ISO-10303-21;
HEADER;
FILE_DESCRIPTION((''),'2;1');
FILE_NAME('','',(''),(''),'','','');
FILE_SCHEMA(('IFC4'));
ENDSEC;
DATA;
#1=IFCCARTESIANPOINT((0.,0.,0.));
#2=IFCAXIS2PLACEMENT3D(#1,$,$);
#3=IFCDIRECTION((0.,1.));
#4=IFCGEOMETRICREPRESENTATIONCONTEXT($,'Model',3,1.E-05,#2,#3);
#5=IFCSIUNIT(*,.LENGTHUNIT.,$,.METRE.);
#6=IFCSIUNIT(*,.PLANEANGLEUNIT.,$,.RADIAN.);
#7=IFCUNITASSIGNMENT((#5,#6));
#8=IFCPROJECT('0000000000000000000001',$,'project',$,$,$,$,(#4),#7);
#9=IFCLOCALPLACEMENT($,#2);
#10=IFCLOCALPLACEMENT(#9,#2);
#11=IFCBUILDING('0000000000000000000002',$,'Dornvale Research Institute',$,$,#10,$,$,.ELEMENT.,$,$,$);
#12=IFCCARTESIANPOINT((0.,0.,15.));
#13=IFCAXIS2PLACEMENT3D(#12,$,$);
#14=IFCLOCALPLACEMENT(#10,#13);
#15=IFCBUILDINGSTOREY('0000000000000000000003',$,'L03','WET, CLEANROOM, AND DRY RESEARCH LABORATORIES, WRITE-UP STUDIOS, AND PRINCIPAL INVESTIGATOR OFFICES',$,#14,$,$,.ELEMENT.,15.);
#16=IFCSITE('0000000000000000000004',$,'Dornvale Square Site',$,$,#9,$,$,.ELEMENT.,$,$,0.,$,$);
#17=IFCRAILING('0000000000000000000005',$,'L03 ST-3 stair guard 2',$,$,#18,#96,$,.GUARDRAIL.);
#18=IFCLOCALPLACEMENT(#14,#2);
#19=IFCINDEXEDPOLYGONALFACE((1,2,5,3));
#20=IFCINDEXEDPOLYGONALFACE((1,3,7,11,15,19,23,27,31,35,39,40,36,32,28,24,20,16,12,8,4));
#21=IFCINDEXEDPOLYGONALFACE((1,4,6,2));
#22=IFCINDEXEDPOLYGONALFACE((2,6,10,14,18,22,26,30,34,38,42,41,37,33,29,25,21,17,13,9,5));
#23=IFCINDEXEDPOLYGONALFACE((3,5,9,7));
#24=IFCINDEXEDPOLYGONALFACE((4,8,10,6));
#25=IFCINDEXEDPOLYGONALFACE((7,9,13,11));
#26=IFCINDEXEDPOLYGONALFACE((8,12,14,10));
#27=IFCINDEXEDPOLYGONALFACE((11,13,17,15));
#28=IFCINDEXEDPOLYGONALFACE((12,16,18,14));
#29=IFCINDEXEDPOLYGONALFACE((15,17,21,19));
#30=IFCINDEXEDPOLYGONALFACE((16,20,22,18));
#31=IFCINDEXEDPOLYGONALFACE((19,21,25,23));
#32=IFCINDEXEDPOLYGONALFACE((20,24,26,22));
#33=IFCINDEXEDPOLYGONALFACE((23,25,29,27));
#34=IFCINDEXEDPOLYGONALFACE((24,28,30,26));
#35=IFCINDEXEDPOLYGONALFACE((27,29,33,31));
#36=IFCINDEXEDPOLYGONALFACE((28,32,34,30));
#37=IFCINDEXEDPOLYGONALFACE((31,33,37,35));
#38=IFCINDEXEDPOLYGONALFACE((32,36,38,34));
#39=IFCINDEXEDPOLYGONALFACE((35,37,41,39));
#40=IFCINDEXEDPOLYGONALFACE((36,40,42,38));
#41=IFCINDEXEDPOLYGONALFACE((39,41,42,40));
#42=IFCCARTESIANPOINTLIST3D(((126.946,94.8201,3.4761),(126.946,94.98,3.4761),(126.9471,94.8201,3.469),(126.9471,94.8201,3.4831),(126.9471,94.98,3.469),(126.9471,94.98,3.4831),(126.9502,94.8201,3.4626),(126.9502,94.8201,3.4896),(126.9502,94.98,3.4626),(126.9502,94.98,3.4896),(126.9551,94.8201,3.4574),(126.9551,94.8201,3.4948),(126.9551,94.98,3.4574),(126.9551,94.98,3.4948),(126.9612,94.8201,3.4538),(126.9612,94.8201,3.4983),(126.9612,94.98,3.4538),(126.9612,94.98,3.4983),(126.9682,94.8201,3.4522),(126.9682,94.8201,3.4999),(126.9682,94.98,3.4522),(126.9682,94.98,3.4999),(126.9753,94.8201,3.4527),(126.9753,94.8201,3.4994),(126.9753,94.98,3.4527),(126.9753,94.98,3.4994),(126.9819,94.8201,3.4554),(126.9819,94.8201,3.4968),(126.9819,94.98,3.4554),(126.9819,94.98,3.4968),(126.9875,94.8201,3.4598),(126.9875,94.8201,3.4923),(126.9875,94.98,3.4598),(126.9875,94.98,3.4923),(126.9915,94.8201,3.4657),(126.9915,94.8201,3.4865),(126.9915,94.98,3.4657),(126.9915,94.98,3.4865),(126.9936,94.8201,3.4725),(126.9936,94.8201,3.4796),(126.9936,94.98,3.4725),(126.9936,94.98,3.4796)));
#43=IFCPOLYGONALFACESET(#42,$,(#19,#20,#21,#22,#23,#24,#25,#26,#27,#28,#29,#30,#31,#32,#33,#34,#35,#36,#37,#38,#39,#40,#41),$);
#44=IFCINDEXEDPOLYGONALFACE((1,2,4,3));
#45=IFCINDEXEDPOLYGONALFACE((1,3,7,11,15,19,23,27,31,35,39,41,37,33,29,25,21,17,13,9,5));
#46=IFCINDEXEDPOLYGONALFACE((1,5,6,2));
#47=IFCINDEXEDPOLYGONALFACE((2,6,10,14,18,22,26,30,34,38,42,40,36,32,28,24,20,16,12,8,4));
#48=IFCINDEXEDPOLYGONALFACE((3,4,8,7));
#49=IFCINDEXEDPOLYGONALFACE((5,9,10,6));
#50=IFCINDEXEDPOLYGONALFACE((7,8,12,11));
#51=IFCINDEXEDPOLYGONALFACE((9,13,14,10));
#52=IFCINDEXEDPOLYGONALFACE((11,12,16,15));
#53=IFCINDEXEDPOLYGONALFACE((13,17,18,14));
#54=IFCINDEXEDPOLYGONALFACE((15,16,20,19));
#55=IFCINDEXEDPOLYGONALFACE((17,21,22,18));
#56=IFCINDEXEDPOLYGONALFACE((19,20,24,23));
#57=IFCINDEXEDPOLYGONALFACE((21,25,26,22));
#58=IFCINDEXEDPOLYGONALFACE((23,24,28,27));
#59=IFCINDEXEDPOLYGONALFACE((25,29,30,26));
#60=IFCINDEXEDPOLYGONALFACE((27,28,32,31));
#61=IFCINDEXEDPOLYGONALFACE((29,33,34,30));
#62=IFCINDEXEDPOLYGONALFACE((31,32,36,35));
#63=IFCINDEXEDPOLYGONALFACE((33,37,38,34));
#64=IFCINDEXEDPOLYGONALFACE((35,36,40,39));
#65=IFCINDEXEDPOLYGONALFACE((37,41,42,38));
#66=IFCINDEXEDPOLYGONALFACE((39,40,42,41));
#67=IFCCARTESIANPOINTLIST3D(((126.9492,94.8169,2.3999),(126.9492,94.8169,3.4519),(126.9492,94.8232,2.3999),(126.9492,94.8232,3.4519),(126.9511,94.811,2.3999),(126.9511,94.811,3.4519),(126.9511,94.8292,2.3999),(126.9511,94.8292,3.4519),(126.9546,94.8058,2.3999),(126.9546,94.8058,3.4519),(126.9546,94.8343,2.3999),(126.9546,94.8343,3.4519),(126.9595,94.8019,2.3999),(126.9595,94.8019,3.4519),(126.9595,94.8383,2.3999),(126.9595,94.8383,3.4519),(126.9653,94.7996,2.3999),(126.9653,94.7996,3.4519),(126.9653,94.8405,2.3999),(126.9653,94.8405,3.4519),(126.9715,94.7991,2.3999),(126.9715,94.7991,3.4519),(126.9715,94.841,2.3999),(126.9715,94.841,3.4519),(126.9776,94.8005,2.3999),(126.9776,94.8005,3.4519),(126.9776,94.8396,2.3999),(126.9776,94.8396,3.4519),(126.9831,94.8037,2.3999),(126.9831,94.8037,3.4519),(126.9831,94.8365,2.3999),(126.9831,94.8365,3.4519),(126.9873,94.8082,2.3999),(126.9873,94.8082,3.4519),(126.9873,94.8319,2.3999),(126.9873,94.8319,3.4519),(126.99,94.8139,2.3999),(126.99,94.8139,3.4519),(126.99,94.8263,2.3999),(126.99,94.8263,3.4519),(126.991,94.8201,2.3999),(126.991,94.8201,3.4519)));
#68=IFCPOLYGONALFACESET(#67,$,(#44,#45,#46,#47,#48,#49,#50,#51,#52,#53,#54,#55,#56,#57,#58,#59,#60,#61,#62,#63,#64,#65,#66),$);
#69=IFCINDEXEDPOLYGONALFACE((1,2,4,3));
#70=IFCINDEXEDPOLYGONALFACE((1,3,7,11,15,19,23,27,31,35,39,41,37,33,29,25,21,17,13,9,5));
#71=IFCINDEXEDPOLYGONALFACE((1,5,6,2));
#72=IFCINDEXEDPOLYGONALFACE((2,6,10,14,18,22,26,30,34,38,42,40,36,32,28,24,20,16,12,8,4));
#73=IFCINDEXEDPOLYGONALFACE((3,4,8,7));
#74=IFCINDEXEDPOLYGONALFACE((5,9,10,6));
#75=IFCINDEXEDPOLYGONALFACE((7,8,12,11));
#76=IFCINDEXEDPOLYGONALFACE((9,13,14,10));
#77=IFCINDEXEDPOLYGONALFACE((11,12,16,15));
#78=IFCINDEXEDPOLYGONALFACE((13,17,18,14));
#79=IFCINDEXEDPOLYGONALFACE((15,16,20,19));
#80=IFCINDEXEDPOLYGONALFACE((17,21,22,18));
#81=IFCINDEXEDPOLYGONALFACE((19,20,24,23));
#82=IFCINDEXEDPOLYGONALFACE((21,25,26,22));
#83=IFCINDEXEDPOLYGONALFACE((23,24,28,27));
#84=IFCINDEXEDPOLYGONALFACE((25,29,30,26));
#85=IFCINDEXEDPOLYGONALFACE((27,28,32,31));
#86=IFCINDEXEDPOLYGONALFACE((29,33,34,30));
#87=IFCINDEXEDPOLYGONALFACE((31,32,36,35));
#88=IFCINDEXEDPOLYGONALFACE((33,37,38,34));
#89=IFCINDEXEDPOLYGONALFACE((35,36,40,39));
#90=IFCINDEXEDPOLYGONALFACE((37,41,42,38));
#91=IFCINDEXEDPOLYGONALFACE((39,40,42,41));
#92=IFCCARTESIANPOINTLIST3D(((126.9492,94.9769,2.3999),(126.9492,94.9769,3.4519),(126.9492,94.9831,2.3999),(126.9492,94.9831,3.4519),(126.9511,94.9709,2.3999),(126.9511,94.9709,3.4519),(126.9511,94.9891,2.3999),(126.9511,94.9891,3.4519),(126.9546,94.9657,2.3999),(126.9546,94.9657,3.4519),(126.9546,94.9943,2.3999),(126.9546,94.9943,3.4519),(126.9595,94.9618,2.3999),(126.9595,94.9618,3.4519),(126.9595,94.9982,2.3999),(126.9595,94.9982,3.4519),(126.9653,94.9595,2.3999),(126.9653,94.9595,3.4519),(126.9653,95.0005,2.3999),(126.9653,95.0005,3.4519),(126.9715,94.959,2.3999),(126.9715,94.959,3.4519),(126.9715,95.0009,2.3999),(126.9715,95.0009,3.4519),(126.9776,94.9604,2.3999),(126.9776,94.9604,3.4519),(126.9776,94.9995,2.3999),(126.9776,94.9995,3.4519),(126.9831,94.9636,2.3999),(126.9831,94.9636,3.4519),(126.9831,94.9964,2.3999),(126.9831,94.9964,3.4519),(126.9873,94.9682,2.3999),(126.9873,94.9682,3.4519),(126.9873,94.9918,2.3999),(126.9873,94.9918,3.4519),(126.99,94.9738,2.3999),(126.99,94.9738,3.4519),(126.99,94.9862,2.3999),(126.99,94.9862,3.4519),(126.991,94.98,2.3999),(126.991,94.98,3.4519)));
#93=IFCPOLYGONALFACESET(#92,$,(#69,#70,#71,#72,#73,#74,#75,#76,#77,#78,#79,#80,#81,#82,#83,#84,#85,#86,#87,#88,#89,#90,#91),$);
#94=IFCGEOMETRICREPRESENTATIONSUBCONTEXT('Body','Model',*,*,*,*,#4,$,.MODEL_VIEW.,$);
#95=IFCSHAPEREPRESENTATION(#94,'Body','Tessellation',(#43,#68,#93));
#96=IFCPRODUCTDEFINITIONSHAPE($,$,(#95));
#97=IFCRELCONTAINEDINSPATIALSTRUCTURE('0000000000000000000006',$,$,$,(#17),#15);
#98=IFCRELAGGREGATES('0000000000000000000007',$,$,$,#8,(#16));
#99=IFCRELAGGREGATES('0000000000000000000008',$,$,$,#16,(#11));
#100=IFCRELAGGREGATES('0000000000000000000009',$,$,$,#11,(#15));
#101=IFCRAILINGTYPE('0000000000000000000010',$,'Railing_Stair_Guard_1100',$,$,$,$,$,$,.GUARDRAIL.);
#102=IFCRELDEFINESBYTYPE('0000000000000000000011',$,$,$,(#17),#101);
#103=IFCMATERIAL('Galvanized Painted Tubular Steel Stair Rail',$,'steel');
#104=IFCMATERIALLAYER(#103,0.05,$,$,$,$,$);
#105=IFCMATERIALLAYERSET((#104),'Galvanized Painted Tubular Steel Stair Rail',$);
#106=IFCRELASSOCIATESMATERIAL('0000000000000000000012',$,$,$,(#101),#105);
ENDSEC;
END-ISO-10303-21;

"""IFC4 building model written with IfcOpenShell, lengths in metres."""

from ifc_helpers import new_model, si_unit, direction, frame, origin, origin_2d, place, context, subcontext, project, spatial, circle, extrude, material, layer, layer_set, type_object, element, save


model = new_model("IFC4")

# Units and contexts
model_context = context("Model", 3, precision=1e-05, world=origin(), true_north=direction((0.0, 1.0)))
body_context = subcontext(model_context, "Body", "Model", "MODEL_VIEW")
ifc_project = project(units=[si_unit("LENGTHUNIT", "METRE"), si_unit("PLANEANGLEUNIT", "RADIAN")], contexts=[model_context])

# Site, building, storey
site_placement = place(None, origin())
site = spatial("IfcSite", under=ifc_project, at=site_placement, Name="Dornvale Square Site", CompositionType="ELEMENT", RefElevation=0.0)
building_placement = place(site_placement, origin())
building = spatial("IfcBuilding", under=site, at=building_placement, Name="Dornvale Research Institute", CompositionType="ELEMENT")
storey_placement = place(building_placement, frame((0.0, 0.0, 15.0)))
storey = spatial("IfcBuildingStorey", under=building, at=storey_placement, Name="L03", Description="WET, CLEANROOM, AND DRY RESEARCH LABORATORIES, WRITE-UP STUDIOS, AND PRINCIPAL INVESTIGATOR OFFICES", CompositionType="ELEMENT", Elevation=15.0)

# Railing
ifc_material_1 = material(Name="Galvanized Painted Tubular Steel Stair Rail", Category="steel")
ifc_layer_1 = layer(ifc_material_1, 0.05)
ifc_layer_set_1 = layer_set([ifc_layer_1], Name="Galvanized Painted Tubular Steel Stair Rail")
railing_type_1 = type_object("IfcRailingType", Name="Railing_Stair_Guard_1100", PredefinedType="GUARDRAIL", material=ifc_layer_set_1)
railing_1_placement = place(storey_placement, frame((126.97, 94.8201, 2.3999)))
element("IfcRailing", 1, at=railing_1_placement, inside=storey, type_object=railing_type_1, Name="L03 ST-3 stair guard 2", PredefinedType="GUARDRAIL", context=body_context, shape_type="SweptSolid", body=[
    extrude(circle(Radius=0.0239, at=origin_2d()), frame((0.0, 0.0, 1.0762), z_axis=(0.0, 1.0, 0.0), x_axis=(-1.0, 0.0, 0.0)), (0.0, 0.0, 1.0), 0.1599),
    extrude(circle(Radius=0.021, at=origin_2d()), origin(), (0.0, 0.0, 1.0), 1.052),
    extrude(circle(Radius=0.021, at=origin_2d()), frame((0.0, 0.1599, 0.0)), (0.0, 0.0, 1.0), 1.052),
])

save(model, "model.ifc")
